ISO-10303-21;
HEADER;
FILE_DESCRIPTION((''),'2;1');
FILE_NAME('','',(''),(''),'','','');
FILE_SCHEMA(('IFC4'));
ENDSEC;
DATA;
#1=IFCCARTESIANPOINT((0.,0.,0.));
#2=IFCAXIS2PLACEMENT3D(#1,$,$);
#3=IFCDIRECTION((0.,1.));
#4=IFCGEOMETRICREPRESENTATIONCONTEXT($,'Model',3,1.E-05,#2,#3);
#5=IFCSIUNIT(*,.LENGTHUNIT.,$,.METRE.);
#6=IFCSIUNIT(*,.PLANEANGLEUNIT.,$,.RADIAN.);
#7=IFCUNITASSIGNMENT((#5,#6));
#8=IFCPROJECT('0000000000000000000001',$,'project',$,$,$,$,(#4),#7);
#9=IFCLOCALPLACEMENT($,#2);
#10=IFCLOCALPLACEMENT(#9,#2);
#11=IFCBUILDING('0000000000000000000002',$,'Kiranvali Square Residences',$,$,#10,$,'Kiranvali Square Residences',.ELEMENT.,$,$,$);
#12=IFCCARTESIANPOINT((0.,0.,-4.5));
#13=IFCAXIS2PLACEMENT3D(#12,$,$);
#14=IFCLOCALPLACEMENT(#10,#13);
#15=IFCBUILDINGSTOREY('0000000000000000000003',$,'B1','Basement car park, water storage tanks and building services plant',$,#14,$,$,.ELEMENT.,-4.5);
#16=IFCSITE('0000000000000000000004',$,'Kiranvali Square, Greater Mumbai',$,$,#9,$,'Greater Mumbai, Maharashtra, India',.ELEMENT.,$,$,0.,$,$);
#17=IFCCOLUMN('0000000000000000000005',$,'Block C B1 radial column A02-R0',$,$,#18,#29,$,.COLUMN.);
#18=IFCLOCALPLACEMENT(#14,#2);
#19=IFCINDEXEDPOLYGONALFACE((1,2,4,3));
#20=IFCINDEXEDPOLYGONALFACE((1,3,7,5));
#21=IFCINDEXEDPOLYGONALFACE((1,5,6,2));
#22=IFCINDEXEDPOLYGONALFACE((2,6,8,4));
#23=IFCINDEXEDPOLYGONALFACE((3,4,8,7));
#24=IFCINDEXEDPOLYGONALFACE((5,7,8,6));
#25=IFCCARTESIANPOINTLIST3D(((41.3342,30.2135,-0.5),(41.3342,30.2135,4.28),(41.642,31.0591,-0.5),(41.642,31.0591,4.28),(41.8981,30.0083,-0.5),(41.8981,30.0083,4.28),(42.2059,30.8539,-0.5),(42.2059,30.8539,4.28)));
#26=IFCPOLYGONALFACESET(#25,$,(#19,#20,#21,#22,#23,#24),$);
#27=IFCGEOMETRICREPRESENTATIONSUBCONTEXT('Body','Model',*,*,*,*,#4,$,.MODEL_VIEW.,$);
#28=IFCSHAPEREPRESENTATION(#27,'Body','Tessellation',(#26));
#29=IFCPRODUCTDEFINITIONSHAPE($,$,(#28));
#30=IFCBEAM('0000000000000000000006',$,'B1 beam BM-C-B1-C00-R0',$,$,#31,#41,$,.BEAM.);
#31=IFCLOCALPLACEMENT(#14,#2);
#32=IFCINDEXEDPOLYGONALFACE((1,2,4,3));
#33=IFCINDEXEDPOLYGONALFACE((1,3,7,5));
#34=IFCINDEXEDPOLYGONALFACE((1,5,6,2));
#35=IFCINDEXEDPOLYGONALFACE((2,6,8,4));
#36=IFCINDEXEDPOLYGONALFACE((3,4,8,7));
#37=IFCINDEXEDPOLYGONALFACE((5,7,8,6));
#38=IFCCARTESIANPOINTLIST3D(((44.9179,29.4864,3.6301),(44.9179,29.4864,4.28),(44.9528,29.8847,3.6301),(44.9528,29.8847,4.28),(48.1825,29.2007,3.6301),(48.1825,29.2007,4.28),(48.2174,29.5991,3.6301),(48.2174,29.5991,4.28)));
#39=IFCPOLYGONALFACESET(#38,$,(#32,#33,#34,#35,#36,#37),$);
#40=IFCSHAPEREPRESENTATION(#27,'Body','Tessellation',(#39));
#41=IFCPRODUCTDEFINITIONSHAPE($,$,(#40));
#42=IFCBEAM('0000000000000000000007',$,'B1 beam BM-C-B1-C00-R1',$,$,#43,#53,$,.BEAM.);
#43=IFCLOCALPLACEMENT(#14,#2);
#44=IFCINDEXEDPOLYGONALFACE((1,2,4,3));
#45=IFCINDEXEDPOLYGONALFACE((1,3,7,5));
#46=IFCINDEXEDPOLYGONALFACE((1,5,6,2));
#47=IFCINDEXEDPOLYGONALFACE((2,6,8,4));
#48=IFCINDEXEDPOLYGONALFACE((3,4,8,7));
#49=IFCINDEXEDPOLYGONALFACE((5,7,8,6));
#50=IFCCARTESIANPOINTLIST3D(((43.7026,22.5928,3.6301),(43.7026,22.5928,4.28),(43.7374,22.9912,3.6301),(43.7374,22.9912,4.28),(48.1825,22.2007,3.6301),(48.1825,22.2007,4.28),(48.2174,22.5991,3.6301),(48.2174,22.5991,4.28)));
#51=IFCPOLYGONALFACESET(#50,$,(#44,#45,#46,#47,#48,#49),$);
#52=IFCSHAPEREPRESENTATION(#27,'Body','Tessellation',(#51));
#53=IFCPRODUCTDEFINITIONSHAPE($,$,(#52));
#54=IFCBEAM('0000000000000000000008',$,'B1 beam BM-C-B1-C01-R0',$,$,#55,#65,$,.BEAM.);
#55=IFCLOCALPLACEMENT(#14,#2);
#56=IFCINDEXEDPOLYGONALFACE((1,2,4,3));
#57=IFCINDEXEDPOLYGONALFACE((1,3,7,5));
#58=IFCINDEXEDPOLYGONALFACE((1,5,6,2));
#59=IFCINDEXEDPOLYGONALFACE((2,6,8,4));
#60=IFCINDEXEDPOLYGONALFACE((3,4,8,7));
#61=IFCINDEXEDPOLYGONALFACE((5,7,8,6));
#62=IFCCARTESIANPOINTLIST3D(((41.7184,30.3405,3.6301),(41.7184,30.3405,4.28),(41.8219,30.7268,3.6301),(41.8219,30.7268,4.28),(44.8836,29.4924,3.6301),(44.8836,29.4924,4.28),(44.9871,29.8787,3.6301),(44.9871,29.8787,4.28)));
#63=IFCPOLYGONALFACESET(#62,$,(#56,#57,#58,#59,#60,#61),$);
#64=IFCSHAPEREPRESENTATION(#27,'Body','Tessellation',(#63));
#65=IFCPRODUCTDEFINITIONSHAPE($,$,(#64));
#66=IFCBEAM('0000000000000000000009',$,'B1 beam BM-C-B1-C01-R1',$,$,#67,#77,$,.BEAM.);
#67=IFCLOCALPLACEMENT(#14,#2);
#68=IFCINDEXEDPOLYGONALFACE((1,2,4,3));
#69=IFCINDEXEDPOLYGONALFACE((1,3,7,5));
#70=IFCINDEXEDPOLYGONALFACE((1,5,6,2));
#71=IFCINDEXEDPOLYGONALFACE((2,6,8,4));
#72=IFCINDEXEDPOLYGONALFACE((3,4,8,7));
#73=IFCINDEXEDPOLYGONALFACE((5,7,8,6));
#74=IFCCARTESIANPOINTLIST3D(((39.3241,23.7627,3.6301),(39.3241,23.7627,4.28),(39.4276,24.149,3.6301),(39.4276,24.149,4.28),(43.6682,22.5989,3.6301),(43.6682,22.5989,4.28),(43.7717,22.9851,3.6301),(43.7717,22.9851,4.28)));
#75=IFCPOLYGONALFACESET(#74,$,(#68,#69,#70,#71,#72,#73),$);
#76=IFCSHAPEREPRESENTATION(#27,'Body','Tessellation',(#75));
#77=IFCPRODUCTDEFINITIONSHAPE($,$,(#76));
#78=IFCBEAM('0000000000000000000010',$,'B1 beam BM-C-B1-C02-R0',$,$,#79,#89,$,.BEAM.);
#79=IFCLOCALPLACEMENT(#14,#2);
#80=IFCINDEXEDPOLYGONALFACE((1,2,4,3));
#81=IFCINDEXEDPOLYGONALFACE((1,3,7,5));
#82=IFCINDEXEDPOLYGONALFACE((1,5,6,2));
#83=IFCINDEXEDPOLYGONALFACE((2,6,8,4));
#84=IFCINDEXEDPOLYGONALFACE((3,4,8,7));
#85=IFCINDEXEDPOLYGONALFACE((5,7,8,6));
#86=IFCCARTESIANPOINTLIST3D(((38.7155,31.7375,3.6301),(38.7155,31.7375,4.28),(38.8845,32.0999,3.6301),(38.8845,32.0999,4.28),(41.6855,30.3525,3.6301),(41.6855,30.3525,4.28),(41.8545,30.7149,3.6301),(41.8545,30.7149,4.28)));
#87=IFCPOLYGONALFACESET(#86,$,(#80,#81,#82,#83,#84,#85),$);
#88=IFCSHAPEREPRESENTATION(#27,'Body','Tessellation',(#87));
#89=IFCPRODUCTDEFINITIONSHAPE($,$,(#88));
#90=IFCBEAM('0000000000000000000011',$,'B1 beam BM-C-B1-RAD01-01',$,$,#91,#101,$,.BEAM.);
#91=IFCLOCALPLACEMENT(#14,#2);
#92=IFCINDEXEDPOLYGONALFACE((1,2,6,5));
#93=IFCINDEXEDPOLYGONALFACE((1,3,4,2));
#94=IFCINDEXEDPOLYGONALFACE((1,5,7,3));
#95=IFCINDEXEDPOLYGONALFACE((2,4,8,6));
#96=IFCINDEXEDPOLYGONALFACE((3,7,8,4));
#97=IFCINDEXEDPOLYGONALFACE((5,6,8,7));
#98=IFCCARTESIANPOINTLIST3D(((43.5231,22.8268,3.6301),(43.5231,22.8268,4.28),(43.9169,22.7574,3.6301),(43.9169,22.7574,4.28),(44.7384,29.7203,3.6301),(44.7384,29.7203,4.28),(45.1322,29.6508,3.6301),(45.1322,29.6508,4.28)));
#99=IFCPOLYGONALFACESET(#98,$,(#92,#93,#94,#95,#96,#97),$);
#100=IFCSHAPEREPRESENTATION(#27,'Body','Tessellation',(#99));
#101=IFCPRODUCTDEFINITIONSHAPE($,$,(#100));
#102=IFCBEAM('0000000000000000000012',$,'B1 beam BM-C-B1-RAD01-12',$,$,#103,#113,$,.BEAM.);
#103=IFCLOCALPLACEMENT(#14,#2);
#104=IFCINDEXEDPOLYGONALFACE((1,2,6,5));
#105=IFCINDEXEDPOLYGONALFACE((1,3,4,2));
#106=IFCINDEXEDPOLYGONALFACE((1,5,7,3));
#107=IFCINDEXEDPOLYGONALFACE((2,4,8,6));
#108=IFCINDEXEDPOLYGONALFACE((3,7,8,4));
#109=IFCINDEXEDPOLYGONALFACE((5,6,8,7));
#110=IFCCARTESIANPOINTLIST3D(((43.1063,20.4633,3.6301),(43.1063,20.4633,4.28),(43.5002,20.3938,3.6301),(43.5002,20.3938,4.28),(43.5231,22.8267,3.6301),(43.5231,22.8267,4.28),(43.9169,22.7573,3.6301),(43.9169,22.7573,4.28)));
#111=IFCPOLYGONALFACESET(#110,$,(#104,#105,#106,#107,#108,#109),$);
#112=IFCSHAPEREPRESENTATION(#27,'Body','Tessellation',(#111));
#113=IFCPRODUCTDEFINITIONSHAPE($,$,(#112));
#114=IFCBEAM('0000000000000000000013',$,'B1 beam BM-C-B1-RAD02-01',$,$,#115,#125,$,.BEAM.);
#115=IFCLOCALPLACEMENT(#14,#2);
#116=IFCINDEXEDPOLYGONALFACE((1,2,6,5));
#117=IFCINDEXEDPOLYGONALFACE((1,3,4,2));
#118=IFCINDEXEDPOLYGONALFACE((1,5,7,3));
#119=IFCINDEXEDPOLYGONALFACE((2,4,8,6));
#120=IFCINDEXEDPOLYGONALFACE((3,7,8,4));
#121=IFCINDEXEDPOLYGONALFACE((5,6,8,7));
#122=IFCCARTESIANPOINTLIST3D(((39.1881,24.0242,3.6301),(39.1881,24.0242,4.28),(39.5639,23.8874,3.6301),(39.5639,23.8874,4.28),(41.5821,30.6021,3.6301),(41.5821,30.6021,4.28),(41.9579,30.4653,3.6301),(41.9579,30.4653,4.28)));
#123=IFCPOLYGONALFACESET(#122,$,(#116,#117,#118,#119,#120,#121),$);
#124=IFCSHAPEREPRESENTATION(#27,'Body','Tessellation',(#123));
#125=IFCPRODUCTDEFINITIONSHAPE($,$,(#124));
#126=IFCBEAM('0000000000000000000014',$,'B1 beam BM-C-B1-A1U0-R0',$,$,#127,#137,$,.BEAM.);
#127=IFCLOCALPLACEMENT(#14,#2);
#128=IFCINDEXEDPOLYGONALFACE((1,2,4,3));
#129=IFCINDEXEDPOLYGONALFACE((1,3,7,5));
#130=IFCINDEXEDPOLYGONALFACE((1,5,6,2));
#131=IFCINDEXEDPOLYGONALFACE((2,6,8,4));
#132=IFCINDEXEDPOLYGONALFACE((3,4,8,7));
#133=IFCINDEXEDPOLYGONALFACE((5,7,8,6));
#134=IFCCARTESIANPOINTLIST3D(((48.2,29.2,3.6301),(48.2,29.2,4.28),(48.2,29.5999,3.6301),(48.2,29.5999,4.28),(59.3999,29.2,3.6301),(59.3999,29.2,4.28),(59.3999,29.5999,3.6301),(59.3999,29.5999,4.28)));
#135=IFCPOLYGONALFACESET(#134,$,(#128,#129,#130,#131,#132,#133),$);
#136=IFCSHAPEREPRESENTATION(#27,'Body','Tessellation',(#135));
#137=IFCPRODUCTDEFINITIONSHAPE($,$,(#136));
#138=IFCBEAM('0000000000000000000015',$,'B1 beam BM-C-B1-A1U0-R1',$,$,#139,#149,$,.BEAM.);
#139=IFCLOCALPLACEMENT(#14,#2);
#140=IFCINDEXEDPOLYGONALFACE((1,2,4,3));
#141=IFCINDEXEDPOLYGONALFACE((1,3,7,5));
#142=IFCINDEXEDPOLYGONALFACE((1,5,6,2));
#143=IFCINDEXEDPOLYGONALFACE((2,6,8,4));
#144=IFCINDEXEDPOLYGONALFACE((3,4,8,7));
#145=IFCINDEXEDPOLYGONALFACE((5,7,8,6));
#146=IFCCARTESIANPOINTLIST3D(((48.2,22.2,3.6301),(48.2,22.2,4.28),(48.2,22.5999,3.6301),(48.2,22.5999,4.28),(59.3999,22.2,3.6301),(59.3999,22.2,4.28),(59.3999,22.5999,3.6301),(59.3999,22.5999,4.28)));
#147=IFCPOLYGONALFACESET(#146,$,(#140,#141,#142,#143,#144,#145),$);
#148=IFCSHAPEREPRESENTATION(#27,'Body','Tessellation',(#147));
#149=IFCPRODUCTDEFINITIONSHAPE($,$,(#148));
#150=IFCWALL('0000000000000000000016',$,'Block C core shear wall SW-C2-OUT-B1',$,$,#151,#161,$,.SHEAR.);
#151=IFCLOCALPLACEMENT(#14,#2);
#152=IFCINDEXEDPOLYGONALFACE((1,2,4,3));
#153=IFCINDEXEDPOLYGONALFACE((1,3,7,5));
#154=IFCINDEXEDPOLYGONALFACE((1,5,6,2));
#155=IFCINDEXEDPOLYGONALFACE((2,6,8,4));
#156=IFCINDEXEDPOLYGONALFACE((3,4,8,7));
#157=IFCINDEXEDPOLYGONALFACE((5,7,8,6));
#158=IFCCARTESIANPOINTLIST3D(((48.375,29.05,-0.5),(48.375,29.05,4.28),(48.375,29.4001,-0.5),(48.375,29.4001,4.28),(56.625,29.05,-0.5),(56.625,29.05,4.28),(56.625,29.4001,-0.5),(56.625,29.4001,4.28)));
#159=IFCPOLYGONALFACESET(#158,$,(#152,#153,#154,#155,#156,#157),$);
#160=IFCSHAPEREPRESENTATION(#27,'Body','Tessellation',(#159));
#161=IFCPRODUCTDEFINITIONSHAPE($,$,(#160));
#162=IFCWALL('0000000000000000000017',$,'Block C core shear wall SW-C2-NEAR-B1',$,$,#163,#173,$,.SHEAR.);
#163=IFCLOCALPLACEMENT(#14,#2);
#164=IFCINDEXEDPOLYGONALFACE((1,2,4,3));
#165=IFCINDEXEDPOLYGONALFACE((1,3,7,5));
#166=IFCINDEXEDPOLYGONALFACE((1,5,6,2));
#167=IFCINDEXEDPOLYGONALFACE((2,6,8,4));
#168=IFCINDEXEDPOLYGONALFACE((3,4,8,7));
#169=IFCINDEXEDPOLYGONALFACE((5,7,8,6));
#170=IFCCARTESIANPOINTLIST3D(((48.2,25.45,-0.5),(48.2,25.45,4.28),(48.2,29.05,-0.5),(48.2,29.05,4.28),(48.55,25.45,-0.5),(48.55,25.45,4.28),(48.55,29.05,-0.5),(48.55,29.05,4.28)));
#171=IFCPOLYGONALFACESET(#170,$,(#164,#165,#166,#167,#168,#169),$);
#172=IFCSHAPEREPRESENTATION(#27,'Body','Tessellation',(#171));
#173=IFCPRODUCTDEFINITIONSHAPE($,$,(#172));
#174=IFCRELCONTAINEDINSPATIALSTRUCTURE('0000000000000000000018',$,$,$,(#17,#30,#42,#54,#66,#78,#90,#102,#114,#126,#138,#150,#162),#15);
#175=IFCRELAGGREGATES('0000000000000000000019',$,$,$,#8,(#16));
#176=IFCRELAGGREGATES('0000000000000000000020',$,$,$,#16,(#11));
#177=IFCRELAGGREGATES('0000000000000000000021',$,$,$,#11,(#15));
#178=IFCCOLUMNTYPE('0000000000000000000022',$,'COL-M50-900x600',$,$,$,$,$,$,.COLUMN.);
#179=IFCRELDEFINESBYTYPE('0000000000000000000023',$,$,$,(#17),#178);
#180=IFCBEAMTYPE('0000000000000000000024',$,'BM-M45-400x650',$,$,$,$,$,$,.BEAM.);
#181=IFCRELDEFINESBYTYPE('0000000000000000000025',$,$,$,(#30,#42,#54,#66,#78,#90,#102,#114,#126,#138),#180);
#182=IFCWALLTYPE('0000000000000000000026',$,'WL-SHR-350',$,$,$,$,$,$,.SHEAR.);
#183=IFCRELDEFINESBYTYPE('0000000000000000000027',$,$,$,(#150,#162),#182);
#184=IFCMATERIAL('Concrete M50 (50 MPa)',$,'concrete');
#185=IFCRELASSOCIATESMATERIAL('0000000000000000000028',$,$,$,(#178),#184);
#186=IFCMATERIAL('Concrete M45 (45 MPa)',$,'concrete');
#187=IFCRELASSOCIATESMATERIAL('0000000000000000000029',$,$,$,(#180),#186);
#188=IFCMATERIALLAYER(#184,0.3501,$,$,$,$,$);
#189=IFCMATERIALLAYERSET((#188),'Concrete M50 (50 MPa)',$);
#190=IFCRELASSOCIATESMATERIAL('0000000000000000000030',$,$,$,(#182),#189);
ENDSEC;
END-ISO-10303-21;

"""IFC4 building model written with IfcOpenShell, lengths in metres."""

from ifc_helpers import new_model, si_unit, direction, frame, frame_2d, origin, origin_2d, place, context, subcontext, project, spatial, rectangle, extrude, material, layer, layer_set, material_profile, profile_set, type_object, element, save


model = new_model("IFC4")

# Units and contexts
model_context = context("Model", 3, precision=1e-05, world=origin(), true_north=direction((0.0, 1.0)))
body_context = subcontext(model_context, "Body", "Model", "MODEL_VIEW")
ifc_project = project(units=[si_unit("LENGTHUNIT", "METRE"), si_unit("PLANEANGLEUNIT", "RADIAN")], contexts=[model_context])

# Site, building, storey
site_placement = place(None, origin())
site = spatial("IfcSite", under=ifc_project, at=site_placement, Name="Kiranvali Square, Greater Mumbai", LongName="Greater Mumbai, Maharashtra, India", CompositionType="ELEMENT", RefElevation=0.0)
building_placement = place(site_placement, origin())
building = spatial("IfcBuilding", under=site, at=building_placement, Name="Kiranvali Square Residences", LongName="Kiranvali Square Residences", CompositionType="ELEMENT")
storey_placement = place(building_placement, frame((0.0, 0.0, -4.5)))
storey = spatial("IfcBuildingStorey", under=building, at=storey_placement, Name="B1", Description="Basement car park, water storage tanks and building services plant", CompositionType="ELEMENT", Elevation=-4.5)

# Column
ifc_material_1 = material(Name="Concrete M45 (45 MPa)", Category="concrete")
ifc_material_2 = material(Name="Concrete M50 (50 MPa)", Category="concrete")
ifc_material_profile_1 = material_profile(ifc_material_2, rectangle(XDim=0.6001, YDim=0.8999, at=origin_2d()), Name="RC 900x600")
ifc_profile_set_1 = profile_set([ifc_material_profile_1], Name="Concrete M50 (50 MPa)")
column_type_1 = type_object("IfcColumnType", Name="COL-M50-900x600", PredefinedType="COLUMN", material=ifc_profile_set_1)
for number, where, z_axis, x_axis, name in (
    (1, (41.77, 30.5337, -0.5), (0.0, 0.0, 1.0), (-0.939693, 0.34202, 0.0), "Block C B1 radial column A02-R0"),
):
    element("IfcColumn", number, at=place(storey_placement, frame(where, z_axis=z_axis, x_axis=x_axis)), inside=storey, type_object=column_type_1, Name=name, PredefinedType="COLUMN", context=body_context, shape_type="SweptSolid", body=[
        extrude(rectangle(XDim=0.6001, YDim=0.8999, at=origin_2d()), origin(), (0.0, 0.0, 1.0), 4.78),
    ])

# Beams
ifc_material_profile_2 = material_profile(ifc_material_1, rectangle(XDim=0.3999, YDim=0.6499, at=origin_2d()), Name="RC 400x650")
ifc_profile_set_2 = profile_set([ifc_material_profile_2], Name="Concrete M45 (45 MPa)")
beam_type = type_object("IfcBeamType", Name="BM-M45-400x650", PredefinedType="BEAM", material=ifc_profile_set_2)
beam_1_placement = place(storey_placement, frame((48.2, 29.3999, 3.9551), z_axis=(-0.996194, 0.087163, 0.0), x_axis=(-0.087163, -0.996194, 0.0)))
element("IfcBeam", 2, at=beam_1_placement, inside=storey, type_object=beam_type, Name="B1 beam BM-C-B1-C00-R0", PredefinedType="BEAM", context=body_context, shape_type="SweptSolid", body=[
    extrude(rectangle(XDim=0.3999, YDim=0.6499, at=origin_2d()), origin(), (0.0, 0.0, 1.0), 3.2771),
])
beam_2_placement = place(storey_placement, frame((48.2, 22.3999, 3.9551), z_axis=(-0.996192, 0.087187, 0.0), x_axis=(-0.087187, -0.996192, 0.0)))
element("IfcBeam", 3, at=beam_2_placement, inside=storey, type_object=beam_type, Name="B1 beam BM-C-B1-C00-R1", PredefinedType="BEAM", context=body_context, shape_type="SweptSolid", body=[
    extrude(rectangle(XDim=0.3999, YDim=0.6499, at=origin_2d()), origin(), (0.0, 0.0, 1.0), 4.4971),
])
beam_3_placement = place(storey_placement, frame((44.9353, 29.6855, 3.9551), z_axis=(-0.965925, 0.258822, 0.0), x_axis=(-0.258822, -0.965925, 0.0)))
element("IfcBeam", 4, at=beam_3_placement, inside=storey, type_object=beam_type, Name="B1 beam BM-C-B1-C01-R0", PredefinedType="BEAM", context=body_context, shape_type="SweptSolid", body=[
    extrude(rectangle(XDim=0.3999, YDim=0.6499, at=origin_2d()), origin(), (0.0, 0.0, 1.0), 3.2769),
])
beam_4_placement = place(storey_placement, frame((43.72, 22.792, 3.9551), z_axis=(-0.965934, 0.258788, 0.0), x_axis=(-0.258788, -0.965934, 0.0)))
element("IfcBeam", 5, at=beam_4_placement, inside=storey, type_object=beam_type, Name="B1 beam BM-C-B1-C01-R1", PredefinedType="BEAM", context=body_context, shape_type="SweptSolid", body=[
    extrude(rectangle(XDim=0.3999, YDim=0.6499, at=origin_2d()), origin(), (0.0, 0.0, 1.0), 4.4973),
])
beam_5_placement = place(storey_placement, frame((41.77, 30.5337, 3.9551), z_axis=(-0.906297, 0.422641, 0.0), x_axis=(-0.422641, -0.906297, 0.0)))
element("IfcBeam", 6, at=beam_5_placement, inside=storey, type_object=beam_type, Name="B1 beam BM-C-B1-C02-R0", PredefinedType="BEAM", context=body_context, shape_type="SweptSolid", body=[
    extrude(rectangle(XDim=0.3999, YDim=0.6499, at=origin_2d()), origin(), (0.0, 0.0, 1.0), 3.2771),
])
beam_6_placement = place(storey_placement, frame((44.9353, 29.6855, 3.9551), z_axis=(-0.173622, -0.984812, 0.0), x_axis=(0.984812, -0.173622, 0.0)))
element("IfcBeam", 7, at=beam_6_placement, inside=storey, type_object=beam_type, Name="B1 beam BM-C-B1-RAD01-01", PredefinedType="BEAM", context=body_context, shape_type="SweptSolid", body=[
    extrude(rectangle(XDim=0.3999, YDim=0.6499, at=origin_2d()), origin(), (0.0, 0.0, 1.0), 6.9998),
])
beam_7_placement = place(storey_placement, frame((43.72, 22.792, 3.9551), z_axis=(-0.173646, -0.984808, 0.0), x_axis=(0.984808, -0.173646, 0.0)))
element("IfcBeam", 8, at=beam_7_placement, inside=storey, type_object=beam_type, Name="B1 beam BM-C-B1-RAD01-12", PredefinedType="BEAM", context=body_context, shape_type="SweptSolid", body=[
    extrude(rectangle(XDim=0.3999, YDim=0.6499, at=origin_2d()), origin(), (0.0, 0.0, 1.0), 2.3999),
])
beam_8_placement = place(storey_placement, frame((41.77, 30.5337, 3.9551), z_axis=(-0.342006, -0.939698, 0.0), x_axis=(0.939698, -0.342006, 0.0)))
element("IfcBeam", 9, at=beam_8_placement, inside=storey, type_object=beam_type, Name="B1 beam BM-C-B1-RAD02-01", PredefinedType="BEAM", context=body_context, shape_type="SweptSolid", body=[
    extrude(rectangle(XDim=0.3999, YDim=0.6499, at=origin_2d()), origin(), (0.0, 0.0, 1.0), 7.0),
])
for number, where, z_axis, x_axis, name in (
    (10, (48.2, 29.3999, 3.9551), (1.0, 0.0, 0.0), (0.0, 1.0, 0.0), "B1 beam BM-C-B1-A1U0-R0"),
    (11, (48.2, 22.3999, 3.9551), (1.0, 0.0, 0.0), (0.0, 1.0, 0.0), "B1 beam BM-C-B1-A1U0-R1"),
):
    element("IfcBeam", number, at=place(storey_placement, frame(where, z_axis=z_axis, x_axis=x_axis)), inside=storey, type_object=beam_type, Name=name, PredefinedType="BEAM", context=body_context, shape_type="SweptSolid", body=[
        extrude(rectangle(XDim=0.3999, YDim=0.6499, at=origin_2d()), origin(), (0.0, 0.0, 1.0), 11.2),
    ])

# Wall
ifc_layer = layer(ifc_material_2, 0.3501)
ifc_layer_set = layer_set([ifc_layer], Name="Concrete M50 (50 MPa)")
wall_type = type_object("IfcWallType", Name="WL-SHR-350", PredefinedType="SHEAR", material=ifc_layer_set)
wall_1_placement = place(storey_placement, frame((48.375, 29.2251, -0.5), z_axis=(0.0, 0.0, 1.0), x_axis=(1.0, 0.0, 0.0)))
element("IfcWall", 12, at=wall_1_placement, inside=storey, type_object=wall_type, Name="Block C core shear wall SW-C2-OUT-B1", PredefinedType="SHEAR", context=body_context, shape_type="SweptSolid", body=[
    extrude(rectangle(XDim=8.25, YDim=0.3501, at=frame_2d((4.125, 0.0))), origin(), (0.0, 0.0, 1.0), 4.78),
])

# Wall
wall_2_placement = place(storey_placement, frame((48.375, 29.05, -0.5), z_axis=(0.0, 0.0, 1.0), x_axis=(0.0, -1.0, 0.0)))
element("IfcWall", 13, at=wall_2_placement, inside=storey, type_object=wall_type, Name="Block C core shear wall SW-C2-NEAR-B1", PredefinedType="SHEAR", context=body_context, shape_type="SweptSolid", body=[
    extrude(rectangle(XDim=3.6001, YDim=0.3501, at=frame_2d((1.8, 0.0))), origin(), (0.0, 0.0, 1.0), 4.78),
])

save(model, "model.ifc")
